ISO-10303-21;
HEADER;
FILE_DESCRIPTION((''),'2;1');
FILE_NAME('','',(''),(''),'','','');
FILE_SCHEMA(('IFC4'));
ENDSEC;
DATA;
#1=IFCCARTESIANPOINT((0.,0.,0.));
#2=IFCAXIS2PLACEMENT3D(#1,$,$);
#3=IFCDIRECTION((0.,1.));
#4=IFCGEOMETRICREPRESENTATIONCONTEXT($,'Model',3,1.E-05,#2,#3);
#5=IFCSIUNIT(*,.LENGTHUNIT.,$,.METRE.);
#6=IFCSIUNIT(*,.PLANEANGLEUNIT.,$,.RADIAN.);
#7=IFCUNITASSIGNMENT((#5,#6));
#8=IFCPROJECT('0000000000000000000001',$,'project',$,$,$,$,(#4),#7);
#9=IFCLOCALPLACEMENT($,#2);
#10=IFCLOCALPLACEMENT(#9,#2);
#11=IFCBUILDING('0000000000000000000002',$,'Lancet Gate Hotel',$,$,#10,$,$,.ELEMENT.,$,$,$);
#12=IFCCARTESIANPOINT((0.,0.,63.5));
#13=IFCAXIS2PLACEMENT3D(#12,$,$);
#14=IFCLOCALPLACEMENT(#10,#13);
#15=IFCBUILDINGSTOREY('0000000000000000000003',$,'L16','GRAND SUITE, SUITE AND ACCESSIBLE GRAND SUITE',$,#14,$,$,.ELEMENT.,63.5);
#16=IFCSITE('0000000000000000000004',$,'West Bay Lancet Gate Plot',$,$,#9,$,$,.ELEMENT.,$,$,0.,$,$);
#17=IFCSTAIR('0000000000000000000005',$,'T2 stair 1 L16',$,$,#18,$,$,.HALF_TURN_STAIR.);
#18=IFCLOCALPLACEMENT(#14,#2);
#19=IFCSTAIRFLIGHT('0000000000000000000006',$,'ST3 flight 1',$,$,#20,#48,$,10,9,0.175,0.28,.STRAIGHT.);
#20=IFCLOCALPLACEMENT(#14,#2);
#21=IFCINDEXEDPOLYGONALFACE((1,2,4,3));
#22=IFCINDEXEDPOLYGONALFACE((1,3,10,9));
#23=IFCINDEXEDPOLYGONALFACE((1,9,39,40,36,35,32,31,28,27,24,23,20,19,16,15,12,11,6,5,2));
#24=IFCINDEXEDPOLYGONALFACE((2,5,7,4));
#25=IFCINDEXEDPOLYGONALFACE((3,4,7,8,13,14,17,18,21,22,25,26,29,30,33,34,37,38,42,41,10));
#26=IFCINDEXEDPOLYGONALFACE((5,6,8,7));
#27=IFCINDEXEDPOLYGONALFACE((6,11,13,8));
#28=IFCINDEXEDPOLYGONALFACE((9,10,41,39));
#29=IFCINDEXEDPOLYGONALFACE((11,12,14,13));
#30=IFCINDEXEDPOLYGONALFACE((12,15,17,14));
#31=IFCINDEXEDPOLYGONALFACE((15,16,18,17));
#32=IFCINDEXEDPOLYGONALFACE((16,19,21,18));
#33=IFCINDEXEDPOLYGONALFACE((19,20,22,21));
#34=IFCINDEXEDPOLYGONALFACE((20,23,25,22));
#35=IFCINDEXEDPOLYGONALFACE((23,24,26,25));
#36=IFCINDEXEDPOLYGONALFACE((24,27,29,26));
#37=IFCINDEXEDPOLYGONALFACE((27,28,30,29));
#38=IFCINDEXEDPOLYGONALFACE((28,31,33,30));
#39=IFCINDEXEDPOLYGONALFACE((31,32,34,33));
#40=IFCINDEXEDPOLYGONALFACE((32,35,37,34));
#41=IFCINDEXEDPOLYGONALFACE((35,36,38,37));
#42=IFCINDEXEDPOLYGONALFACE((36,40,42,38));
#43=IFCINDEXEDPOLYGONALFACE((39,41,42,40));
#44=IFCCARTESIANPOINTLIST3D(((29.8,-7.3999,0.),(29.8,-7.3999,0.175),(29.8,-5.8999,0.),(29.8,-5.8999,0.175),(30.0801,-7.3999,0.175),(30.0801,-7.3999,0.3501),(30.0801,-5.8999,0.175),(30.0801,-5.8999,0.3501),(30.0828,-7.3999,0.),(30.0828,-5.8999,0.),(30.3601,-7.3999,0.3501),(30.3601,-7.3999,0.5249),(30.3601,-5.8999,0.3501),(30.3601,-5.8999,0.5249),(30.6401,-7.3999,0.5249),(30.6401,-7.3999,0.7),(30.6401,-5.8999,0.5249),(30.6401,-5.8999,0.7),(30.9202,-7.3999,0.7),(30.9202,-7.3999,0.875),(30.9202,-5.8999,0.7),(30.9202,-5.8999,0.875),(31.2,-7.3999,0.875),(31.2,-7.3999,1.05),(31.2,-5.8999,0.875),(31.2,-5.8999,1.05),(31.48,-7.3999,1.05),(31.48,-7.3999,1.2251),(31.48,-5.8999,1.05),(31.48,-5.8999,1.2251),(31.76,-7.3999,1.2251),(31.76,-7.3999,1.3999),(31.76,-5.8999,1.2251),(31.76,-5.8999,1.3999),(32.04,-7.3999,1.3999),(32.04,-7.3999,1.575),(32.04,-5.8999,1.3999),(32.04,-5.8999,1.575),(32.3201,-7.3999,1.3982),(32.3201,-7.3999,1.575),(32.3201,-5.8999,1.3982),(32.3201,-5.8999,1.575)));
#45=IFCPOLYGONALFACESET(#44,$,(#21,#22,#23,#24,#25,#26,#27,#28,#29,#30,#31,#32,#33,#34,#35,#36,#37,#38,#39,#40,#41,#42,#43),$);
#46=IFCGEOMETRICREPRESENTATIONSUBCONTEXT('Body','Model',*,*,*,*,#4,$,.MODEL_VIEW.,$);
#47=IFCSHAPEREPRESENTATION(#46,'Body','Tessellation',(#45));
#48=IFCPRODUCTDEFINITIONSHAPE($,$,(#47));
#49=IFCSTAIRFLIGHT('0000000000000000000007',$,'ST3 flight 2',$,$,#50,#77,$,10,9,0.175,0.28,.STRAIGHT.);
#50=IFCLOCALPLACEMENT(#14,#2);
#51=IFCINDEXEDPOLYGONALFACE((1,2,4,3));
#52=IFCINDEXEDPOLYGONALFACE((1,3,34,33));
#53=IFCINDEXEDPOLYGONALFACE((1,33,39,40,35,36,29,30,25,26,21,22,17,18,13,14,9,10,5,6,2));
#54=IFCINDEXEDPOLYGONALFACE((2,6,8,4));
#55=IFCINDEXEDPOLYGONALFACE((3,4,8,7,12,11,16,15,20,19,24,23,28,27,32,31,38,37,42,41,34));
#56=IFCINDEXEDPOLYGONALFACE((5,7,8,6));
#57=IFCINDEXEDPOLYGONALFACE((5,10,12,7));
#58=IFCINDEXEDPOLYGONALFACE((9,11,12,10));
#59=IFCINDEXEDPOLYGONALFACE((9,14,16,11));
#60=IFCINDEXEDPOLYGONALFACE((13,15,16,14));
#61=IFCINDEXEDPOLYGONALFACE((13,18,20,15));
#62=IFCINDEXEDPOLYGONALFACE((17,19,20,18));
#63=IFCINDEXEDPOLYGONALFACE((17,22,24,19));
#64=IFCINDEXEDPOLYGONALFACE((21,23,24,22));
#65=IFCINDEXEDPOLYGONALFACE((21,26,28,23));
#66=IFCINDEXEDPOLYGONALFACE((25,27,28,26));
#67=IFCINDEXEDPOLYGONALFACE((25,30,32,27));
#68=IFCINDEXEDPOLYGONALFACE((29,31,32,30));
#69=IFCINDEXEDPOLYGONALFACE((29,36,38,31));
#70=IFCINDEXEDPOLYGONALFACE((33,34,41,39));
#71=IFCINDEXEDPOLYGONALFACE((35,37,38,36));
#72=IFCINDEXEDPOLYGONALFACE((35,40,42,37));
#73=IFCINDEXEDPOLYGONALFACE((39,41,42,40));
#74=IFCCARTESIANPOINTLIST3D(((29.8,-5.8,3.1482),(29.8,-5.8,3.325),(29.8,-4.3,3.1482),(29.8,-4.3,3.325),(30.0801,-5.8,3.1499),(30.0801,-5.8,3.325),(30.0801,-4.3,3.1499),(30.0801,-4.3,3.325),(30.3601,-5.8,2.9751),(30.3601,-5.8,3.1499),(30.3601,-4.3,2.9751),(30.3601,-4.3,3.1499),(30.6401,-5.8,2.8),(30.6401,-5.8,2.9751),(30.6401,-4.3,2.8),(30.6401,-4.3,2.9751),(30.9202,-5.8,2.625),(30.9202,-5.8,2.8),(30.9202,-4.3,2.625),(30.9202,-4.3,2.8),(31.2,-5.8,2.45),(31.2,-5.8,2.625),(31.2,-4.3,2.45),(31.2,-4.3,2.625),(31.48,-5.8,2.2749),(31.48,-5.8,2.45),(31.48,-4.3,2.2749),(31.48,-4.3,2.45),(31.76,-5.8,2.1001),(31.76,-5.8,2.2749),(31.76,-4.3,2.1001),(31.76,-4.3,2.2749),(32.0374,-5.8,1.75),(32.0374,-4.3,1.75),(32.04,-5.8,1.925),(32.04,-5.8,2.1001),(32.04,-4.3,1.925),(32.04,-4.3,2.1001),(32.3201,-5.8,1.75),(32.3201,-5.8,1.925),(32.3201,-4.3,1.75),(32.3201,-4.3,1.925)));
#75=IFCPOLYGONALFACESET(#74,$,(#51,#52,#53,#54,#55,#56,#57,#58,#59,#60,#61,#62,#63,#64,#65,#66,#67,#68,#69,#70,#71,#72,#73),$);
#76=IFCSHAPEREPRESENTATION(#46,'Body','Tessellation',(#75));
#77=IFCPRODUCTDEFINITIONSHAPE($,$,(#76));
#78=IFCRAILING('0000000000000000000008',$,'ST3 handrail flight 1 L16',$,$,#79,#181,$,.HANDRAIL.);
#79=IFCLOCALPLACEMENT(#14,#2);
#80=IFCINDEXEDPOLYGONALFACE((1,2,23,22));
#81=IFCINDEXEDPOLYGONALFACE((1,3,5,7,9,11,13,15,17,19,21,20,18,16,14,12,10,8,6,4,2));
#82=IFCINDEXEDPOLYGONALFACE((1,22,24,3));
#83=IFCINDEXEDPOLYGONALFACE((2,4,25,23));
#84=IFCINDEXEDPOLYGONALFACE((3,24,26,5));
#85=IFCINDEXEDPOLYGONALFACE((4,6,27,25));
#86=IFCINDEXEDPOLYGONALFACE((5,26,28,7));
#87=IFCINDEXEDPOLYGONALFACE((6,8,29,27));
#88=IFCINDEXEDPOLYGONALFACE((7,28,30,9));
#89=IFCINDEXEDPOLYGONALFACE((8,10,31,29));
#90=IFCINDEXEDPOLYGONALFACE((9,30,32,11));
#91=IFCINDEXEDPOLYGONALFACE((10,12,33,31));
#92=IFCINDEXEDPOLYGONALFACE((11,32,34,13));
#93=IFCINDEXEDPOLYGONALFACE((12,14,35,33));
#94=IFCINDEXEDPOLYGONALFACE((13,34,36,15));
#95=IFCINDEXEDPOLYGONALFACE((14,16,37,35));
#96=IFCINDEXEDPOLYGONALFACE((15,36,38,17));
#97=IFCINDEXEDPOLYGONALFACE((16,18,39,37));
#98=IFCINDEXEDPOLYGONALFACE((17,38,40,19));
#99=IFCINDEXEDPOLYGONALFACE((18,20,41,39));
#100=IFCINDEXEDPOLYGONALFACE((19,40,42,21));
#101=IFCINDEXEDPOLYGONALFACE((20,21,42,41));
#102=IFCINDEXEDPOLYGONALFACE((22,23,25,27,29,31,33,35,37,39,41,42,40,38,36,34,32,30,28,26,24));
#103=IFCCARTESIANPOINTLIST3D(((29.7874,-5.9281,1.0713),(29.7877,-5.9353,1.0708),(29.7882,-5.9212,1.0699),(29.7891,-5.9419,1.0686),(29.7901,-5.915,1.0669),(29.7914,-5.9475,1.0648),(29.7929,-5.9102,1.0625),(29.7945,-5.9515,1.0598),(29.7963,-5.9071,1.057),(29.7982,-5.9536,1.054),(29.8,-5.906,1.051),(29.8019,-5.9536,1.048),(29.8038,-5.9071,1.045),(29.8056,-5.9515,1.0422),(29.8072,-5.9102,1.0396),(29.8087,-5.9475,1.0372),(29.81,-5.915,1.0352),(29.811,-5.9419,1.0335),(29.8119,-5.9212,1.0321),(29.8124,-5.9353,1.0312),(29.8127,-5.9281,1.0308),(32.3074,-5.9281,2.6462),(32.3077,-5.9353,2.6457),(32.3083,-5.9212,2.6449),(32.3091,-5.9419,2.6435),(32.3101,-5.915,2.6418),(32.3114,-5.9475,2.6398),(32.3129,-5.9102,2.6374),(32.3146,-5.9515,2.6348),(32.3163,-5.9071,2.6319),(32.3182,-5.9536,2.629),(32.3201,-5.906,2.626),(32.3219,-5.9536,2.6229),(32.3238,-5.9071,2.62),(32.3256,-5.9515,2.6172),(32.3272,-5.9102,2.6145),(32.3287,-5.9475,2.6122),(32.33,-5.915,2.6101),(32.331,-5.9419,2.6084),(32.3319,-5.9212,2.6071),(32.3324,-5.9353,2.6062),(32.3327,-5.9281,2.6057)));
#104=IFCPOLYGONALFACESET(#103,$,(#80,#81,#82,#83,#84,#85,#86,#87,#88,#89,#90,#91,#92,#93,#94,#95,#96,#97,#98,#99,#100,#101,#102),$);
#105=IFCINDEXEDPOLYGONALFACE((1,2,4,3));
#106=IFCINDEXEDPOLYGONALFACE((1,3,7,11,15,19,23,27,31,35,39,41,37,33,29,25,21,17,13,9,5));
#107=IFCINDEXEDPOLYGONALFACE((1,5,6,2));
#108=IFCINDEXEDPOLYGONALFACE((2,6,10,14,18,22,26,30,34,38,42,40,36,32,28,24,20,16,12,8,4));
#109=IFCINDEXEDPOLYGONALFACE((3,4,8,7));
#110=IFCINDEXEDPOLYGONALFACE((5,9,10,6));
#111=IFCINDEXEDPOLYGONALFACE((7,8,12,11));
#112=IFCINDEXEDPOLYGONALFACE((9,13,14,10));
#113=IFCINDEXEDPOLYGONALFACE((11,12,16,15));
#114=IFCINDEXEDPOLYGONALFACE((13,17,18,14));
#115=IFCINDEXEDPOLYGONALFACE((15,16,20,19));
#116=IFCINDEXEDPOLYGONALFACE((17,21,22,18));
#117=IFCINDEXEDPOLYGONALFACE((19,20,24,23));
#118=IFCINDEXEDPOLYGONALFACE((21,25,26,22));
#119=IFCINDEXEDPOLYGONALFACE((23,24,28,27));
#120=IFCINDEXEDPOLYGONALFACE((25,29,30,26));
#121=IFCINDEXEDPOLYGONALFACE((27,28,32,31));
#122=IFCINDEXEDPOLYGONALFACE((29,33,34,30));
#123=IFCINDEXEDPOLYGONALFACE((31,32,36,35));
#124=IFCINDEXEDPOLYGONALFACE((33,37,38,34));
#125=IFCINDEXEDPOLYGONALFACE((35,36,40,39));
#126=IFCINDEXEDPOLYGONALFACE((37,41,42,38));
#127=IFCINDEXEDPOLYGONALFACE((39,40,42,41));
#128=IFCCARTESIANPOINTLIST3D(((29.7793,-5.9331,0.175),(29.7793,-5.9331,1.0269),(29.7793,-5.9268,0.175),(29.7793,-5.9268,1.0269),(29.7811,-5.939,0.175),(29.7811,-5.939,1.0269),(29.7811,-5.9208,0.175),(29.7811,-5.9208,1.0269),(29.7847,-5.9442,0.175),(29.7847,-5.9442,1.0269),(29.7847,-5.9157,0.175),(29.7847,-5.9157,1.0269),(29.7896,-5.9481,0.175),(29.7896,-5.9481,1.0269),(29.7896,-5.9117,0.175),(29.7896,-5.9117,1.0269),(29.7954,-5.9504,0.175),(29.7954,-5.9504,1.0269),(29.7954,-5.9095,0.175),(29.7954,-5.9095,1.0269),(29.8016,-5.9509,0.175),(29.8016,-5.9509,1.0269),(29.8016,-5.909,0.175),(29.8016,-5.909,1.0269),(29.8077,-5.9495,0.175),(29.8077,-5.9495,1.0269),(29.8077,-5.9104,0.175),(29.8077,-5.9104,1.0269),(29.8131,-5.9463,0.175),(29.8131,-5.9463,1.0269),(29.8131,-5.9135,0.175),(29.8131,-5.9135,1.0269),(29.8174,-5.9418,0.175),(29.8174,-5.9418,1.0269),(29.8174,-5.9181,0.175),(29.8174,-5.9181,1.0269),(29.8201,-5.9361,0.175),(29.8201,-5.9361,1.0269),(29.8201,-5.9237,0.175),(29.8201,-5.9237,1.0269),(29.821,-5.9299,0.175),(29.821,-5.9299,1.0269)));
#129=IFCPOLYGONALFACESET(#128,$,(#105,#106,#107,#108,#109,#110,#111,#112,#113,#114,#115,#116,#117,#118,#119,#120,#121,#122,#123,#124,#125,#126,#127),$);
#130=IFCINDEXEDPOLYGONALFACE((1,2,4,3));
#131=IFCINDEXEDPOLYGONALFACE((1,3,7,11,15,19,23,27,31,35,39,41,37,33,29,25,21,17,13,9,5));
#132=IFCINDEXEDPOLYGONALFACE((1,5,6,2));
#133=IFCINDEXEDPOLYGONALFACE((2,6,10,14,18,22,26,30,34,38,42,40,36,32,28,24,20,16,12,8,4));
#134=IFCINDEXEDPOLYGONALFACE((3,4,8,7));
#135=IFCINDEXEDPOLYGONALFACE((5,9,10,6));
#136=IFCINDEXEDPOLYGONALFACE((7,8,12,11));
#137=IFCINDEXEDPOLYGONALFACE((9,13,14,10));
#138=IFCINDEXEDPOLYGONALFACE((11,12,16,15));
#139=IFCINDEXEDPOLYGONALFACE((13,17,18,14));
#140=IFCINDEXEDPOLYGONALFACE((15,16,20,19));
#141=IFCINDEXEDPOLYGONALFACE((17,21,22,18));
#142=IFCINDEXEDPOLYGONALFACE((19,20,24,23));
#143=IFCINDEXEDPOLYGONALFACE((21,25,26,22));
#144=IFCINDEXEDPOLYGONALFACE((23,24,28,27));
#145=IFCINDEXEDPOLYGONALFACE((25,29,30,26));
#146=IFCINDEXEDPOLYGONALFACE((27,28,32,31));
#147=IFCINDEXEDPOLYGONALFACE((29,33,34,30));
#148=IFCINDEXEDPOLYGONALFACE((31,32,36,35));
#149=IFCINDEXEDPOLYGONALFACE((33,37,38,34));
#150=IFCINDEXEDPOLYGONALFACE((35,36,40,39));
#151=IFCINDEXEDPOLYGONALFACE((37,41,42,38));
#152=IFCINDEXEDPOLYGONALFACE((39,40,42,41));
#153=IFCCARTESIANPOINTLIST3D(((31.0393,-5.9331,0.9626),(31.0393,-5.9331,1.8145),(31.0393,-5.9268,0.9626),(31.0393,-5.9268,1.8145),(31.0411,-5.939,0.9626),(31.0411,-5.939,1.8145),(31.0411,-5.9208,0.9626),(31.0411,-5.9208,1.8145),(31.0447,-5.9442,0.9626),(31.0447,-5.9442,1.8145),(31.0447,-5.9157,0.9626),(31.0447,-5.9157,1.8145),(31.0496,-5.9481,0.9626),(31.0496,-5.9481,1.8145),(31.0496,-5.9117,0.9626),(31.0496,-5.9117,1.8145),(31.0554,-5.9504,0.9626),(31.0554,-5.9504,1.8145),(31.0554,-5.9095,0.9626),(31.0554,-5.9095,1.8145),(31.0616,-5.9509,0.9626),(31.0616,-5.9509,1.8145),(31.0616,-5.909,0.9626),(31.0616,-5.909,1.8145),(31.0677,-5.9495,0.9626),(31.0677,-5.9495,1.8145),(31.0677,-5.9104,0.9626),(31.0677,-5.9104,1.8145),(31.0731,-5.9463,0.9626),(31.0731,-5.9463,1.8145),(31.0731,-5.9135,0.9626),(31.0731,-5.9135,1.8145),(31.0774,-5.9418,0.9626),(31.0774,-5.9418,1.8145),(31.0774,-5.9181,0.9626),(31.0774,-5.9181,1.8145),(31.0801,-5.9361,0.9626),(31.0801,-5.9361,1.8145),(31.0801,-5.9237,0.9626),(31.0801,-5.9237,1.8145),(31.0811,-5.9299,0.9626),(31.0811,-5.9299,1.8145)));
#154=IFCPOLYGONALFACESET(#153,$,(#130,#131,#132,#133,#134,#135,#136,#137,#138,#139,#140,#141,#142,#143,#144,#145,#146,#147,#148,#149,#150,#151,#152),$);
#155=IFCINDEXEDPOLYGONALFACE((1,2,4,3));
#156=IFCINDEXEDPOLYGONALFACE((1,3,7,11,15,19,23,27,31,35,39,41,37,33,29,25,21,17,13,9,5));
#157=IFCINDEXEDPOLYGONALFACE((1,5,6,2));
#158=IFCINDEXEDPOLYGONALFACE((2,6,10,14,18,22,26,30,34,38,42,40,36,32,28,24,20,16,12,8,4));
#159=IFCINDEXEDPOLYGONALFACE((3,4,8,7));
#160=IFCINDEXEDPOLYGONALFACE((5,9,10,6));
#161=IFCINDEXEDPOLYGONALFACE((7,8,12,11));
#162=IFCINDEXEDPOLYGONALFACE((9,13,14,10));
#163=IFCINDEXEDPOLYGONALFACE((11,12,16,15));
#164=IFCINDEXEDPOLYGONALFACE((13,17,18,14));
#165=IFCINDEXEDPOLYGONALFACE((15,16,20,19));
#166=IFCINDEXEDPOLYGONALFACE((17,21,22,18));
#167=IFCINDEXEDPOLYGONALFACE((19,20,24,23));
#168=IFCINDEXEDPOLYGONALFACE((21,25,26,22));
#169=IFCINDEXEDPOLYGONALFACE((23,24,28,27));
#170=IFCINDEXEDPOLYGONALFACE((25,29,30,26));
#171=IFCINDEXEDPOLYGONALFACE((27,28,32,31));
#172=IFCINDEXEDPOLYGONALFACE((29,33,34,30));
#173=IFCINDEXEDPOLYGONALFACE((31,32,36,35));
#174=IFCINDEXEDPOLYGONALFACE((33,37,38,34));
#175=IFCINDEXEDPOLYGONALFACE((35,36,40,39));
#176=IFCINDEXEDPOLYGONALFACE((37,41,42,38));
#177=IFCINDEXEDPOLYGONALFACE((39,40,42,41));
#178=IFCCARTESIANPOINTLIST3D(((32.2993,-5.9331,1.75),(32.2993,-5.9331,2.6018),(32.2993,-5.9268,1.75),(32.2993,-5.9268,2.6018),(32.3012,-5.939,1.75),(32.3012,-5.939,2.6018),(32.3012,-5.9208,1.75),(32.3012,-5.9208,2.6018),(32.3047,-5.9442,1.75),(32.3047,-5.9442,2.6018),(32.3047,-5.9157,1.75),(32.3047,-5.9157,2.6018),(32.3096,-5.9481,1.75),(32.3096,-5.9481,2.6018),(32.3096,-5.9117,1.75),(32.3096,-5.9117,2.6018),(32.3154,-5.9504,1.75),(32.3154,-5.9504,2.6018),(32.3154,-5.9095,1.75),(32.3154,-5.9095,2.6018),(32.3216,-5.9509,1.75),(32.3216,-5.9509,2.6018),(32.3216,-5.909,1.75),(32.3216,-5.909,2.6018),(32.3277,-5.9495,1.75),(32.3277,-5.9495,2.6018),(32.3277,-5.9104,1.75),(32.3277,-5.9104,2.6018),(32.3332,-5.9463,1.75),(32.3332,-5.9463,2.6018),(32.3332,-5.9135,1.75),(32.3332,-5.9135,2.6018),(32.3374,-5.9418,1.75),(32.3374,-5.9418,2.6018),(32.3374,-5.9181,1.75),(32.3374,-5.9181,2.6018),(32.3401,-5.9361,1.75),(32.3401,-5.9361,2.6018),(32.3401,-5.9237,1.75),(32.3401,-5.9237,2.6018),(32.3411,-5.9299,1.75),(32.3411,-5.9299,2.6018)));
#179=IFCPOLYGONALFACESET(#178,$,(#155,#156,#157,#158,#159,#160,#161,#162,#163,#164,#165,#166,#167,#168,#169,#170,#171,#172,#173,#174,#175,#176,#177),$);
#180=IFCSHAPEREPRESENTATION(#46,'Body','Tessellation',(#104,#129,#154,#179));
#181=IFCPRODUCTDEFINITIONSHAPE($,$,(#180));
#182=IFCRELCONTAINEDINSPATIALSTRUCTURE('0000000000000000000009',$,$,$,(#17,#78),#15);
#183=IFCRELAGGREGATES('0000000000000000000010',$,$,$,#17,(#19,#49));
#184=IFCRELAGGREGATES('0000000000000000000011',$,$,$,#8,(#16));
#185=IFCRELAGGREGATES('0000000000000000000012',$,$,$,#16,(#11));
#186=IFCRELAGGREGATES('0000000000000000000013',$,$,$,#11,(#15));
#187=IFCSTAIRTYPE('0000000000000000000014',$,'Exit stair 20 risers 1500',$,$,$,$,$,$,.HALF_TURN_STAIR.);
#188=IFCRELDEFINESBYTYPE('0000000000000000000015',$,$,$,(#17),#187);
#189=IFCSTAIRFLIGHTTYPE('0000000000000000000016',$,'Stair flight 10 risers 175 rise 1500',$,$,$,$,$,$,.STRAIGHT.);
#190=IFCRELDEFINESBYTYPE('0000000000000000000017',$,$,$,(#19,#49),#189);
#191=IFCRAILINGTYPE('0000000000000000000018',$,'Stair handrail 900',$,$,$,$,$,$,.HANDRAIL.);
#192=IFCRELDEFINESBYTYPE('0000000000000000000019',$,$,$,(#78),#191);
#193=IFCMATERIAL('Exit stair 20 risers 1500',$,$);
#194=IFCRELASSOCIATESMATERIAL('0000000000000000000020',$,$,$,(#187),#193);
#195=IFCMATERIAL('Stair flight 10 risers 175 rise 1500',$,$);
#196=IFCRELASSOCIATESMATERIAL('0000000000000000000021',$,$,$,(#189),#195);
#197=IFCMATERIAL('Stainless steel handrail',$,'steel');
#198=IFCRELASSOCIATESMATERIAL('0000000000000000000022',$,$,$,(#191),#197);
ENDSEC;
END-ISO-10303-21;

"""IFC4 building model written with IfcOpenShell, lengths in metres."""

from ifc_helpers import new_model, si_unit, direction, frame, origin, origin_2d, place, context, subcontext, project, spatial, polyline, circle, outline, extrude, material, type_object, element, aggregate, save


model = new_model("IFC4")

# Units and contexts
model_context = context("Model", 3, precision=1e-05, world=origin(), true_north=direction((0.0, 1.0)))
body_context = subcontext(model_context, "Body", "Model", "MODEL_VIEW")
ifc_project = project(units=[si_unit("LENGTHUNIT", "METRE"), si_unit("PLANEANGLEUNIT", "RADIAN")], contexts=[model_context])

# Site, building, storey
site_placement = place(None, origin())
site = spatial("IfcSite", under=ifc_project, at=site_placement, Name="West Bay Lancet Gate Plot", CompositionType="ELEMENT", RefElevation=0.0)
building_placement = place(site_placement, origin())
building = spatial("IfcBuilding", under=site, at=building_placement, Name="Lancet Gate Hotel", CompositionType="ELEMENT")
storey_placement = place(building_placement, frame((0.0, 0.0, 63.5)))
storey = spatial("IfcBuildingStorey", under=building, at=storey_placement, Name="L16", Description="GRAND SUITE, SUITE AND ACCESSIBLE GRAND SUITE", CompositionType="ELEMENT", Elevation=63.5)

# Stair, stair flights
ifc_material_1 = material(Name="Exit stair 20 risers 1500")
stair_type = type_object("IfcStairType", Name="Exit stair 20 risers 1500", PredefinedType="HALF_TURN_STAIR", material=ifc_material_1)
stair_placement = place(storey_placement, origin())
stair = element("IfcStair", 1, at=stair_placement, inside=storey, type_object=stair_type, Name="T2 stair 1 L16", PredefinedType="HALF_TURN_STAIR")
ifc_material_2 = material(Name="Stair flight 10 risers 175 rise 1500")
stair_flight_type = type_object("IfcStairFlightType", Name="Stair flight 10 risers 175 rise 1500", PredefinedType="STRAIGHT", material=ifc_material_2)
stair_flight_1_placement = place(storey_placement, frame((29.8, -6.6499, 0.0), z_axis=(0.0, 0.0, 1.0), x_axis=(1.0, 0.0, 0.0)))
stair_flight_1 = element("IfcStairFlight", 2, at=stair_flight_1_placement, type_object=stair_flight_type, Name="ST3 flight 1", NumberOfRisers=10, NumberOfTreads=9, PredefinedType="STRAIGHT", RiserHeight=0.175, TreadLength=0.28, context=body_context, shape_type="SweptSolid", body=[
    extrude(outline(polyline([(0.0, 0.0), (0.0, 0.175), (0.28, 0.175), (0.28, 0.3501), (0.5601, 0.3501), (0.5601, 0.5249), (0.8401, 0.5249), (0.8401, 0.7), (1.1201, 0.7), (1.1201, 0.875), (1.3999, 0.875), (1.3999, 1.05), (1.6799, 1.05), (1.6799, 1.2251), (1.96, 1.2251), (1.96, 1.3999), (2.24, 1.3999), (2.24, 1.575), (2.52, 1.575), (2.52, 1.75), (2.52, 1.3982), (0.2827, 0.0), (0.0, 0.0)])), frame((0.0, 0.75, 0.0), z_axis=(0.0, -1.0, 0.0), x_axis=(1.0, 0.0, 0.0)), (0.0, 0.0, 1.0), 1.5),
])
stair_flight_2_placement = place(storey_placement, frame((32.3201, -5.05, 1.75), z_axis=(0.0, 0.0, 1.0), x_axis=(-1.0, 0.0, 0.0)))
stair_flight_2 = element("IfcStairFlight", 3, at=stair_flight_2_placement, type_object=stair_flight_type, Name="ST3 flight 2", NumberOfRisers=10, NumberOfTreads=9, PredefinedType="STRAIGHT", RiserHeight=0.175, TreadLength=0.28, context=body_context, shape_type="SweptSolid", body=[
    extrude(outline(polyline([(0.0, 0.0), (0.0, 0.175), (0.28, 0.175), (0.28, 0.3501), (0.5601, 0.3501), (0.5601, 0.5249), (0.8401, 0.5249), (0.8401, 0.7), (1.1201, 0.7), (1.1201, 0.875), (1.3999, 0.875), (1.3999, 1.05), (1.6799, 1.05), (1.6799, 1.2251), (1.96, 1.2251), (1.96, 1.3999), (2.24, 1.3999), (2.24, 1.575), (2.52, 1.575), (2.52, 1.75), (2.52, 1.3982), (0.2827, 0.0), (0.0, 0.0)])), frame((0.0, 0.75, 0.0), z_axis=(0.0, -1.0, 0.0), x_axis=(1.0, 0.0, 0.0)), (0.0, 0.0, 1.0), 1.5),
])
aggregate(stair, [stair_flight_1, stair_flight_2])

# Railing
ifc_material_3 = material(Name="Stainless steel handrail", Category="steel")
railing_type = type_object("IfcRailingType", Name="Stair handrail 900", PredefinedType="HANDRAIL", material=ifc_material_3)
railing_1_placement = place(storey_placement, frame((29.8, -5.9299, 0.175)))
element("IfcRailing", 4, at=railing_1_placement, inside=storey, type_object=railing_type, Name="ST3 handrail flight 1 L16", PredefinedType="HANDRAIL", context=body_context, shape_type="SweptSolid", body=[
    extrude(circle(Radius=0.0239, at=origin_2d()), frame((0.0, 0.0, 0.876), z_axis=(0.848008, 0.0, 0.529984), x_axis=(0.0, 1.0, 0.0)), (0.0, 0.0, 1.0), 2.9717),
    extrude(circle(Radius=0.021, at=origin_2d()), origin(), (0.0, 0.0, 1.0), 0.8518),
    extrude(circle(Radius=0.021, at=origin_2d()), frame((1.26, 0.0, 0.7876)), (0.0, 0.0, 1.0), 0.8518),
    extrude(circle(Radius=0.021, at=origin_2d()), frame((2.52, 0.0, 1.575)), (0.0, 0.0, 1.0), 0.8518),
])

save(model, "model.ifc")
